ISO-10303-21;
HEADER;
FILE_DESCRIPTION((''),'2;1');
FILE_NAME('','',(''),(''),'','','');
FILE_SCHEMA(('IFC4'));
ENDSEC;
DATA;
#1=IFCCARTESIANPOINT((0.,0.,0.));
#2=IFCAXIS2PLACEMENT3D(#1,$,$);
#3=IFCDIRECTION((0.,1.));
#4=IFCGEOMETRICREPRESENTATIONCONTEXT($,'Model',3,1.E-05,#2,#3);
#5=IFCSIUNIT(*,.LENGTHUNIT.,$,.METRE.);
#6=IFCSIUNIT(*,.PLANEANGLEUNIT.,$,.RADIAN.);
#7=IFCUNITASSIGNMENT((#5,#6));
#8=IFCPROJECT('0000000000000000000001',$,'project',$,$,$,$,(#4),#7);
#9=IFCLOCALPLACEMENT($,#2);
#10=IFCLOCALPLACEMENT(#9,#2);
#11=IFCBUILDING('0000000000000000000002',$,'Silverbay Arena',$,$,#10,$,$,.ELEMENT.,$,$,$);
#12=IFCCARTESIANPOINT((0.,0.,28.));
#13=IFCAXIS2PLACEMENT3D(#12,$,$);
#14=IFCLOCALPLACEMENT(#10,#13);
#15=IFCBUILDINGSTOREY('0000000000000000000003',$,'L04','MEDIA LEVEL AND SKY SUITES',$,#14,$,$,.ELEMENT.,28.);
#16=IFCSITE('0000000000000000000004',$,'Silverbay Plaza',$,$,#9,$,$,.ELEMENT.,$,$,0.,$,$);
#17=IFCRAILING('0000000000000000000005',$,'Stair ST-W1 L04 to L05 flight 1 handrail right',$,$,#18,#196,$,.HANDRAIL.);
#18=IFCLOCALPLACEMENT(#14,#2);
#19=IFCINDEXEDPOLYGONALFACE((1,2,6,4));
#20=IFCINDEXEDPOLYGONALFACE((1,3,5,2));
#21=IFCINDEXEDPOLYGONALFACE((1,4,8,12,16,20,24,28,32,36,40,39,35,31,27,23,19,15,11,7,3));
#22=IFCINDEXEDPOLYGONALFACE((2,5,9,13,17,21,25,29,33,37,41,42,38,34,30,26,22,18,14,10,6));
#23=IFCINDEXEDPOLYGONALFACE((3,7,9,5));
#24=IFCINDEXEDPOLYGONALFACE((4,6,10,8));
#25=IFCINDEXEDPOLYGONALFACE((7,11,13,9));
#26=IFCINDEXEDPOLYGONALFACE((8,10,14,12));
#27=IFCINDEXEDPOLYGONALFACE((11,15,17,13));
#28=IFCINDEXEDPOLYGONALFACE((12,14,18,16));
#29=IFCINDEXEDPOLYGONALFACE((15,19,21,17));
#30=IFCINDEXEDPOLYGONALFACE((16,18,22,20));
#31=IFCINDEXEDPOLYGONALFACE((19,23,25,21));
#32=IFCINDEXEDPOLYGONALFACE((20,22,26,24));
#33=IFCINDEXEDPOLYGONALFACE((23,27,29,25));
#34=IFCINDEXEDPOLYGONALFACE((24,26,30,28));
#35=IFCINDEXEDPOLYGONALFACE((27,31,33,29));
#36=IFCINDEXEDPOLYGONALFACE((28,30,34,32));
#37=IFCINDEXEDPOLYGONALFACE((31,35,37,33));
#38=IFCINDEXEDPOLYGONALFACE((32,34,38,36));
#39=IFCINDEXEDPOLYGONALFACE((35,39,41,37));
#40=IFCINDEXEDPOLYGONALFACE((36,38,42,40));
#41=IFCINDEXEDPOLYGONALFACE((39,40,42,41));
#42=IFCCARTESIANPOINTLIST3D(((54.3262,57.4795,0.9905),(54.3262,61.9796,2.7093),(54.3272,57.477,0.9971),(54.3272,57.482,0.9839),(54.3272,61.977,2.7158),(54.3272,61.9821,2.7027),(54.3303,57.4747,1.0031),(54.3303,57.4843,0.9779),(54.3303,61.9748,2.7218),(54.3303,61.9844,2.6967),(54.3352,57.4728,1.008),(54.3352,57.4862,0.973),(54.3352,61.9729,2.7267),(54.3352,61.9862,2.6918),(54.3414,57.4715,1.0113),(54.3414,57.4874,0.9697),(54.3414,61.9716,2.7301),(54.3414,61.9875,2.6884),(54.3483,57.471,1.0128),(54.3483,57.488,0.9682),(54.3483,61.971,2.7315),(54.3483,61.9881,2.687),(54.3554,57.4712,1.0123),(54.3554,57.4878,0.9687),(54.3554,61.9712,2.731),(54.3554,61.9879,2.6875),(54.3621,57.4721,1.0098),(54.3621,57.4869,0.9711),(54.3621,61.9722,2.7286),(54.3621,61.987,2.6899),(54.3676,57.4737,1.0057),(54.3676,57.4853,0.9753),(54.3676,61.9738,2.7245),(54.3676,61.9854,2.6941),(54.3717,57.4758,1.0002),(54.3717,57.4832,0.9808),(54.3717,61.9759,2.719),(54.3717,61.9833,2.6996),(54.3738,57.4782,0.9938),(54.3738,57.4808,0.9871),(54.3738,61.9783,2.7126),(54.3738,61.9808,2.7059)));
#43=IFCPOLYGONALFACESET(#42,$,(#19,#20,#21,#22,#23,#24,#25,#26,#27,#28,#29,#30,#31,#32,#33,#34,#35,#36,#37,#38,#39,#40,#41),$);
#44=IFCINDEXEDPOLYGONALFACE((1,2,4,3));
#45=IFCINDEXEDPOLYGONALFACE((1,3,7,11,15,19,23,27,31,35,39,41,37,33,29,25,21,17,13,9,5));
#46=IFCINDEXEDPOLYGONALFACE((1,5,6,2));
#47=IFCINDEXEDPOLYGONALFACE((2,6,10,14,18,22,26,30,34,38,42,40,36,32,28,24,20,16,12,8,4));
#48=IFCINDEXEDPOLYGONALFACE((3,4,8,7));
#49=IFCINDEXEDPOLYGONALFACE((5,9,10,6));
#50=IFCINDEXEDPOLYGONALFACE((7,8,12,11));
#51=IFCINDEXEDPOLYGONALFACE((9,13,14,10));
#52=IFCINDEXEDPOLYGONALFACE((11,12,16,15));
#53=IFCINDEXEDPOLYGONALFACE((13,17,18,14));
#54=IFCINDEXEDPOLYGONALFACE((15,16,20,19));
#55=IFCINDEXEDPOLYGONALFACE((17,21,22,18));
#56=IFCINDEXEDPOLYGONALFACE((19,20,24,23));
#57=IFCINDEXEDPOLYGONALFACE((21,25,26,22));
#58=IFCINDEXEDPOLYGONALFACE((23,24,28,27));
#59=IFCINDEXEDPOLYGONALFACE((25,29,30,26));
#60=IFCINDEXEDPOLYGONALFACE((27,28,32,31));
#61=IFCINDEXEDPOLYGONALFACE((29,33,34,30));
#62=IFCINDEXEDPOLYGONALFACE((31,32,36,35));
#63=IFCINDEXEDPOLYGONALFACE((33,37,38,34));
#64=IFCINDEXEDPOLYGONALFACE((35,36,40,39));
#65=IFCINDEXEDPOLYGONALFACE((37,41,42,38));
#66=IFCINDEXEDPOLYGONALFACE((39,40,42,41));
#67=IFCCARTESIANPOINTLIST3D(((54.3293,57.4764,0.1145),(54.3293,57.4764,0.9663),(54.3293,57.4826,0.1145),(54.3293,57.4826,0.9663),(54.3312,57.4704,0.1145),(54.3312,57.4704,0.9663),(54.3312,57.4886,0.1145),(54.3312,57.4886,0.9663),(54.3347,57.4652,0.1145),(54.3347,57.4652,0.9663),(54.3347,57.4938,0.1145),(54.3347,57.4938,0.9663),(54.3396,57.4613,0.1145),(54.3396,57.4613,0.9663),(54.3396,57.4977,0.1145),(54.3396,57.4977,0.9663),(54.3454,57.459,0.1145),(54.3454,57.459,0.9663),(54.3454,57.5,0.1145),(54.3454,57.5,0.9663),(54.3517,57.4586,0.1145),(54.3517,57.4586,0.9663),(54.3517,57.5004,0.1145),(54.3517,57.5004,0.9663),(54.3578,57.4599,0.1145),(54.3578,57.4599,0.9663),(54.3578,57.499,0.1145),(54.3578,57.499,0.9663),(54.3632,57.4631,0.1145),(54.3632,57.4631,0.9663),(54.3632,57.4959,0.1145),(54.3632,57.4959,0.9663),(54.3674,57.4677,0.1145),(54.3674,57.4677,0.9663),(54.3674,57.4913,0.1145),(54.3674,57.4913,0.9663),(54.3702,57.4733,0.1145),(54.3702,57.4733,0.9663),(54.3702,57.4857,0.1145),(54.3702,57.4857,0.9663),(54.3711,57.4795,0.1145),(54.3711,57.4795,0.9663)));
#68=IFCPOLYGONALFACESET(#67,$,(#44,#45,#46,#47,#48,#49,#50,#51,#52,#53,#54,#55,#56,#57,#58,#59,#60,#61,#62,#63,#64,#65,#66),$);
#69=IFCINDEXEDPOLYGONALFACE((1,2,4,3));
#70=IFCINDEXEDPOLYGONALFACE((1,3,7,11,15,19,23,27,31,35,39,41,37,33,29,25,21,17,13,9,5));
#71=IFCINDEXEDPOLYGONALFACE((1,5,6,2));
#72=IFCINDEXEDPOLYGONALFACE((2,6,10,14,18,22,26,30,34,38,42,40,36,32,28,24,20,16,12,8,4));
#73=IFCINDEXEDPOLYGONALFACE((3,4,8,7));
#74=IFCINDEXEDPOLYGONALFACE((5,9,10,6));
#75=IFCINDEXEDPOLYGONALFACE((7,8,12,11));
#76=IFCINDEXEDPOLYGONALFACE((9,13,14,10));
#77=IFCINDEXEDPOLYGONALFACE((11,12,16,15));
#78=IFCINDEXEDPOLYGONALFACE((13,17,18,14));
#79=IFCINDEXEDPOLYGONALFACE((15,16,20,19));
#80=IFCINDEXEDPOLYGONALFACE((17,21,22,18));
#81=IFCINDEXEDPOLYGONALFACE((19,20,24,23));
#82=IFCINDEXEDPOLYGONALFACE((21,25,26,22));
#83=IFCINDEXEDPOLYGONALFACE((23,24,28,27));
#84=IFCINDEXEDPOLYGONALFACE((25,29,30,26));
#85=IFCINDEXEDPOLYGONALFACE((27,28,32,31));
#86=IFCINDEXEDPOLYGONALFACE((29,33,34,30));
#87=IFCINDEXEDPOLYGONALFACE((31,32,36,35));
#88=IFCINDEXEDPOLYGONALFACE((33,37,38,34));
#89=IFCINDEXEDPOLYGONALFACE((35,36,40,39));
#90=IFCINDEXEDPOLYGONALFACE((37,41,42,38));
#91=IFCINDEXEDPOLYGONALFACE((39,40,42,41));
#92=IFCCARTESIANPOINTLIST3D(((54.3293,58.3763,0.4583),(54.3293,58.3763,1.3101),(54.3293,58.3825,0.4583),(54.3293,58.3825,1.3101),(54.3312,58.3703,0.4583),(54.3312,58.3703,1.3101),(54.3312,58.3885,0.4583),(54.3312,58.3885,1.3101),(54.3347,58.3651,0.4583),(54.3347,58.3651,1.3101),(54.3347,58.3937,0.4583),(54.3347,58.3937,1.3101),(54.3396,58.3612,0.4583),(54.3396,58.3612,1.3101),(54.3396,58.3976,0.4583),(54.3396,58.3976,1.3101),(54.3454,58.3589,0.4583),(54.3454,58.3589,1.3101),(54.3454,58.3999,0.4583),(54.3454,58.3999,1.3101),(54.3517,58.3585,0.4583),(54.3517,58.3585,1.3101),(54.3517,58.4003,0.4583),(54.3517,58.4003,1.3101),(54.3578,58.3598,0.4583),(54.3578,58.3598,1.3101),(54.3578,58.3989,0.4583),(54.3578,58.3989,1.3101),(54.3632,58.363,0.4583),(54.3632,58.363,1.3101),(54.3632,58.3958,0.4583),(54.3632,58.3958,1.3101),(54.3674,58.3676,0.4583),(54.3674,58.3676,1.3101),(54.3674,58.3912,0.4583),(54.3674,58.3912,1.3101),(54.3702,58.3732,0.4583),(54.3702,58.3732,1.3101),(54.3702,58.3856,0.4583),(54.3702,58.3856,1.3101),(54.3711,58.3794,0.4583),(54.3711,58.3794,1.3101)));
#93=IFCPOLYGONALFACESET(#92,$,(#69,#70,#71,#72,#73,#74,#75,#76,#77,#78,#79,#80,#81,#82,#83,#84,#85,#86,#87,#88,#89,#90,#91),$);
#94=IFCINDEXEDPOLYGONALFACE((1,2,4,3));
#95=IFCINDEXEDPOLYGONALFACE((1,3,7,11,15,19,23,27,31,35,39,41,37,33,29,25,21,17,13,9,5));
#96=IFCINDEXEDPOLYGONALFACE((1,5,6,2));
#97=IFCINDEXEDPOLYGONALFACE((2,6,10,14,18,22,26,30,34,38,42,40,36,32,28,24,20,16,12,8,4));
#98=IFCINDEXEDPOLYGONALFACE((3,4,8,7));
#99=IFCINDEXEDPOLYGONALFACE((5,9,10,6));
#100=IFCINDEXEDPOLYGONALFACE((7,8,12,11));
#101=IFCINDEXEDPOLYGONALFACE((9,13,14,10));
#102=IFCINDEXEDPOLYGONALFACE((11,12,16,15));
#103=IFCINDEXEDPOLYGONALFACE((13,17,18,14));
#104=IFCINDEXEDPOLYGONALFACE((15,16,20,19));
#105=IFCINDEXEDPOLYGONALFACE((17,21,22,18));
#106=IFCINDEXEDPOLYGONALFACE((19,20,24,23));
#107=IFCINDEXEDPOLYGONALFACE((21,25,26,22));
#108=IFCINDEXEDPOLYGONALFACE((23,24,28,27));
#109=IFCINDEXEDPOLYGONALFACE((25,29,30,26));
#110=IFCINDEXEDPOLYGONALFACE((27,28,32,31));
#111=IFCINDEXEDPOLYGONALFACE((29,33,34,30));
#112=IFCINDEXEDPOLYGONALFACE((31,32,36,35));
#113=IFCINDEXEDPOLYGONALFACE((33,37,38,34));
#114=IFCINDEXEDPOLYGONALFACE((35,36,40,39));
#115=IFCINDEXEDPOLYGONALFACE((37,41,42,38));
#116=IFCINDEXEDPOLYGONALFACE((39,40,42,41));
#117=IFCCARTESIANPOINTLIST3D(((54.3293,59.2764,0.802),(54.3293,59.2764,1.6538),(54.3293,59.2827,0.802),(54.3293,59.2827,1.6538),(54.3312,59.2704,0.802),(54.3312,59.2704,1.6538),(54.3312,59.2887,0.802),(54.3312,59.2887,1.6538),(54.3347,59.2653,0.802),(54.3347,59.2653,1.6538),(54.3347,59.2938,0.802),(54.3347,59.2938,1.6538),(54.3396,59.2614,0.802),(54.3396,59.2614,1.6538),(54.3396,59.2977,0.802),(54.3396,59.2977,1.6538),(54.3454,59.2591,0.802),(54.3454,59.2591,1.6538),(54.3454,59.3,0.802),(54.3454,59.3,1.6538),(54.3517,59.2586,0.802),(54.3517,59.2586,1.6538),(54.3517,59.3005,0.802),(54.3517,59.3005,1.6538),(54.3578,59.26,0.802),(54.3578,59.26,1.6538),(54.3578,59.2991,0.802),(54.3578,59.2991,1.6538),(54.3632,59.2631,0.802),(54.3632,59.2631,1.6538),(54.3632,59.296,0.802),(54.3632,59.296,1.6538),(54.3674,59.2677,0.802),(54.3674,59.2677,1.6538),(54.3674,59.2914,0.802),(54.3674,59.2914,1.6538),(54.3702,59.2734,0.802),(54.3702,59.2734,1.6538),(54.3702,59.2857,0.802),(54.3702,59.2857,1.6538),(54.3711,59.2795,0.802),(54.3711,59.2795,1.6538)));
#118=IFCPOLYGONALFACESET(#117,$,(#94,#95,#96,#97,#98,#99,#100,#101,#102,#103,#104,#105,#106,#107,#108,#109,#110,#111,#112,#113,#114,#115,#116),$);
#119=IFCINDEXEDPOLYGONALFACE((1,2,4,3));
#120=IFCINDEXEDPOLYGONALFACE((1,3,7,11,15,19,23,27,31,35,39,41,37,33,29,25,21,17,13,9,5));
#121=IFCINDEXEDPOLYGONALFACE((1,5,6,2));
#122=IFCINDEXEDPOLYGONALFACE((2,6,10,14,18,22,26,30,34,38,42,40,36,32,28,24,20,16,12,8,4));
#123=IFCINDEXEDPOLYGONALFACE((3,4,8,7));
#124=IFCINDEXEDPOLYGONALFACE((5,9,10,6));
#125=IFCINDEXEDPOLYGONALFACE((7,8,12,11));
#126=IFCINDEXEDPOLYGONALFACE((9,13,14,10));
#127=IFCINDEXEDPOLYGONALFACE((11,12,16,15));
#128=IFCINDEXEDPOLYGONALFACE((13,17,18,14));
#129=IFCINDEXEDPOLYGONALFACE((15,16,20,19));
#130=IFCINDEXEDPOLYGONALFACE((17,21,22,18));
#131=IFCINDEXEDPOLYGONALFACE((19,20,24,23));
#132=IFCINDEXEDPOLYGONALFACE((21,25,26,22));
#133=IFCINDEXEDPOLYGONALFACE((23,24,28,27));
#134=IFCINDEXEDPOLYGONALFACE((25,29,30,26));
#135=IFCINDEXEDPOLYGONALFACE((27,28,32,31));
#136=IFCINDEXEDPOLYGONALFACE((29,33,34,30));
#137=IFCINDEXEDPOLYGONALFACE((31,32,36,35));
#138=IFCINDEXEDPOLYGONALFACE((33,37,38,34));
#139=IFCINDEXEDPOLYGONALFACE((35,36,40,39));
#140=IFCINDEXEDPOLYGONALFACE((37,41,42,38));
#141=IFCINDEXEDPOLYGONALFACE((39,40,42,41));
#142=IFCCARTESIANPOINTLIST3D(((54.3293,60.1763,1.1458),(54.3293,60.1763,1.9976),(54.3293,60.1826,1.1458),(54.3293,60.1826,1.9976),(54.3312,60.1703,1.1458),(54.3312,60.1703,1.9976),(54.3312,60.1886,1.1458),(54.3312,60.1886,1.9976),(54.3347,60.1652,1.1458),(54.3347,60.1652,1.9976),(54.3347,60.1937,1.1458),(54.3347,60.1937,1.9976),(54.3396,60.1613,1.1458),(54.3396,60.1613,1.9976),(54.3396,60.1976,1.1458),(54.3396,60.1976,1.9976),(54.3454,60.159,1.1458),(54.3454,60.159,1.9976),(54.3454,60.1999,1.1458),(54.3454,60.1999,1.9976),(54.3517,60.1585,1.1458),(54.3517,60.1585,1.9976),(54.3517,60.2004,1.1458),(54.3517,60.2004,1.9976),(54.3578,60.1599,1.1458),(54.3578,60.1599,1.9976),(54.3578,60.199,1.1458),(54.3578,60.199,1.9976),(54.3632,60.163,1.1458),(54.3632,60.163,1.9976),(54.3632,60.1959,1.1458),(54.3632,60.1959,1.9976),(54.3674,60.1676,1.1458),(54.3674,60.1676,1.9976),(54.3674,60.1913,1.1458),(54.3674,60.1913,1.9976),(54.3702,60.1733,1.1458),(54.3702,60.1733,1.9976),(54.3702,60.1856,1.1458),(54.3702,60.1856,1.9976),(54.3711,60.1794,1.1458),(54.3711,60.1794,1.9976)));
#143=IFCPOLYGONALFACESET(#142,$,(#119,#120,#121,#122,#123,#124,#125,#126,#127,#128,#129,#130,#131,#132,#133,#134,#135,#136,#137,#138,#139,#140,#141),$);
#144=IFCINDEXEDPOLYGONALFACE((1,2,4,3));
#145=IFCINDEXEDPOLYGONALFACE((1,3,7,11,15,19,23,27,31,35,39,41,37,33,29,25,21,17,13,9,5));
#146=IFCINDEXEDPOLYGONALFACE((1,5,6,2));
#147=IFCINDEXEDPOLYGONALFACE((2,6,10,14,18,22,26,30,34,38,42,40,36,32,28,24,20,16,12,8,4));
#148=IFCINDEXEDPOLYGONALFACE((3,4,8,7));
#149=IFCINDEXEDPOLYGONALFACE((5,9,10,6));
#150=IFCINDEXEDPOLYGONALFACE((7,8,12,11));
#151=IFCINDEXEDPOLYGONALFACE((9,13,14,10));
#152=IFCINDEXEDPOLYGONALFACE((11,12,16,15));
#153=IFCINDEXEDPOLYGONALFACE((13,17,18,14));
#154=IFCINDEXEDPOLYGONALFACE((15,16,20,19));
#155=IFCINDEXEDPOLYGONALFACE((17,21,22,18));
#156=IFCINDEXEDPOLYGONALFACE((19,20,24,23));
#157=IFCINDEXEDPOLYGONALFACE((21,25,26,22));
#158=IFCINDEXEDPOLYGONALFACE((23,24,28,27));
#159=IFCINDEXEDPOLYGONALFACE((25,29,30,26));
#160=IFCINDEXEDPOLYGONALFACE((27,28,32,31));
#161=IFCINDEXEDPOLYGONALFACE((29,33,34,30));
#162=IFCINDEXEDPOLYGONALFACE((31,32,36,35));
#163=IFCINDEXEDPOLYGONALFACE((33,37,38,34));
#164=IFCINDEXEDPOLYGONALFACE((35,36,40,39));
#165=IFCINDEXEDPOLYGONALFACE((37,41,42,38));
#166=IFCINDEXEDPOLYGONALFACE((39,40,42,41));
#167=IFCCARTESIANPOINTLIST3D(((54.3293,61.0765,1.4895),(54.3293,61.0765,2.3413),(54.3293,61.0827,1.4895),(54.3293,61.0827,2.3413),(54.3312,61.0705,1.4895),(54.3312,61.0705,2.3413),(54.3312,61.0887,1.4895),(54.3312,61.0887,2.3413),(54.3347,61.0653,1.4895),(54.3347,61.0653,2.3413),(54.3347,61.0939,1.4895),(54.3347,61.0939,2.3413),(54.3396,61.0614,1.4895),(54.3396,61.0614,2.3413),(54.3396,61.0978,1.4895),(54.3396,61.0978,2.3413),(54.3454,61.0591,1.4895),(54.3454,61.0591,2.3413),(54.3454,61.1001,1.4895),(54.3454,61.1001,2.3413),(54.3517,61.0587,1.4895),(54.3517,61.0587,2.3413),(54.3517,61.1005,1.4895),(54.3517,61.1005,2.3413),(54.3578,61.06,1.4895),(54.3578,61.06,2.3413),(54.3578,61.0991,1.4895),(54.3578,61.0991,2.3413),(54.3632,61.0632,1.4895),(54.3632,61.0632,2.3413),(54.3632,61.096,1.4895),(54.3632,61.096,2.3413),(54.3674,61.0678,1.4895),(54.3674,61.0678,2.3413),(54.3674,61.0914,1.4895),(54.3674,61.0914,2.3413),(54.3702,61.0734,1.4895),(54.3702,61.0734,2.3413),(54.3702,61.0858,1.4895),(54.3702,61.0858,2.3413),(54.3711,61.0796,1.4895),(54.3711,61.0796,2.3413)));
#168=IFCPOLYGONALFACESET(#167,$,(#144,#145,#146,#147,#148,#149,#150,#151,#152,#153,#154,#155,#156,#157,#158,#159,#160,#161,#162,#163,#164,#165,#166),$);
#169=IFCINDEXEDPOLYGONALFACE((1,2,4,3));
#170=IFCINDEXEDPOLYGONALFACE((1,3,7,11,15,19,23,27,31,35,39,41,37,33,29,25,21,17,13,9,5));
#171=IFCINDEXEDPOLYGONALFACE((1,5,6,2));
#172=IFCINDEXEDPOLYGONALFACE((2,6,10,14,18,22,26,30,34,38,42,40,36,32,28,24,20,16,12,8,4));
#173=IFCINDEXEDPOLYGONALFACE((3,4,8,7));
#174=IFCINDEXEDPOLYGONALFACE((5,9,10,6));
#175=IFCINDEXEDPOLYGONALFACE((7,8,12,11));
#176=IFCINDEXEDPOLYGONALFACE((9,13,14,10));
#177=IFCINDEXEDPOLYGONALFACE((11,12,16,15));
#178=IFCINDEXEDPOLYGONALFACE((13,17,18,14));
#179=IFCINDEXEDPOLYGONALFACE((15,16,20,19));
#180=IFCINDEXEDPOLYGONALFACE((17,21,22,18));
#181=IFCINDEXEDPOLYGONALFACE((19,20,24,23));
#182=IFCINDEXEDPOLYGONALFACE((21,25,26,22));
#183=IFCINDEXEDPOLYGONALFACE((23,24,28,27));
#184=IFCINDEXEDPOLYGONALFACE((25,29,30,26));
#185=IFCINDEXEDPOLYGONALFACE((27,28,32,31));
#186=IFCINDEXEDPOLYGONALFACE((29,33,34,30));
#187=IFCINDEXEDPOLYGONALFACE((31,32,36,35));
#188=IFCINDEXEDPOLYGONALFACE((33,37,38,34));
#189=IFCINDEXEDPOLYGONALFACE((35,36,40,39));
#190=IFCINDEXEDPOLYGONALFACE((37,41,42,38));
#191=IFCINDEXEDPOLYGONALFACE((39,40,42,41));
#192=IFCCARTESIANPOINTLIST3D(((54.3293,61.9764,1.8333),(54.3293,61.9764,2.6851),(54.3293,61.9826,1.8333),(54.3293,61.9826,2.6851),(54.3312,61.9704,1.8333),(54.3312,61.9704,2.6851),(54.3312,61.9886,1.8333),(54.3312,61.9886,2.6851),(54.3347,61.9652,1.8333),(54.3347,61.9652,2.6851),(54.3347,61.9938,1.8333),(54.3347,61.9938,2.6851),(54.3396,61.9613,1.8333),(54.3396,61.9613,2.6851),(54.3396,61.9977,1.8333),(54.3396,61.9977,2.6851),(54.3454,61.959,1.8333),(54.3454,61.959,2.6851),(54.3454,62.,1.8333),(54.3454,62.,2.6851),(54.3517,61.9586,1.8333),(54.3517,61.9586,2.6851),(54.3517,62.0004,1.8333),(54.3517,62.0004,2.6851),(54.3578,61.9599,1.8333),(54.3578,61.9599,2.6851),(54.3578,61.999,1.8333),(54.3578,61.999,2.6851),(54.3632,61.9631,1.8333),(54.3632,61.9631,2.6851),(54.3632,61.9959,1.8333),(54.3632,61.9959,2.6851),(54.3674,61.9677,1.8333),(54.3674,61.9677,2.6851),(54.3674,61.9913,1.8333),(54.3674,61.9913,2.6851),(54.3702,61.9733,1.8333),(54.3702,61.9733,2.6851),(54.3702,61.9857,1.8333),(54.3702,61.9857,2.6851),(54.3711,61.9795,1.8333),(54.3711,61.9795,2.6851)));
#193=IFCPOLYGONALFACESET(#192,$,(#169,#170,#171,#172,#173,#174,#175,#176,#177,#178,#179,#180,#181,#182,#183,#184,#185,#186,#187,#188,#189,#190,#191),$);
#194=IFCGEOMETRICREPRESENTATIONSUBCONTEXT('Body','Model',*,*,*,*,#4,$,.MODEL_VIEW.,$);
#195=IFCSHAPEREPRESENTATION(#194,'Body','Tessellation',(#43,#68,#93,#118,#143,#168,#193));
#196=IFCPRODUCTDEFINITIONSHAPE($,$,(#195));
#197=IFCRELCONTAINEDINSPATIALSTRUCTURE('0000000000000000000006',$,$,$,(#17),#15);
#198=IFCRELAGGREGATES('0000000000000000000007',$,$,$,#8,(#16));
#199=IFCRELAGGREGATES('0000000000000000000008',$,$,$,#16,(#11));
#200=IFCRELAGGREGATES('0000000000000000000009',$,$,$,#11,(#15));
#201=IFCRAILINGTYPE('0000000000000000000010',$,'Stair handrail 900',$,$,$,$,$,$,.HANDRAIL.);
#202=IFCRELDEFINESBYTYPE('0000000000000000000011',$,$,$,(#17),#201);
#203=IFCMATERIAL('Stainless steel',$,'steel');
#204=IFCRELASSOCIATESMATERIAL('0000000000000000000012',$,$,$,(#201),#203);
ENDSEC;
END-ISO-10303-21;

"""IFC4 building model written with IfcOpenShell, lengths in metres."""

from ifc_helpers import new_model, si_unit, direction, frame, origin, origin_2d, place, context, subcontext, project, spatial, circle, extrude, material, type_object, element, save


model = new_model("IFC4")

# Units and contexts
model_context = context("Model", 3, precision=1e-05, world=origin(), true_north=direction((0.0, 1.0)))
body_context = subcontext(model_context, "Body", "Model", "MODEL_VIEW")
ifc_project = project(units=[si_unit("LENGTHUNIT", "METRE"), si_unit("PLANEANGLEUNIT", "RADIAN")], contexts=[model_context])

# Site, building, storey
site_placement = place(None, origin())
site = spatial("IfcSite", under=ifc_project, at=site_placement, Name="Silverbay Plaza", CompositionType="ELEMENT", RefElevation=0.0)
building_placement = place(site_placement, origin())
building = spatial("IfcBuilding", under=site, at=building_placement, Name="Silverbay Arena", CompositionType="ELEMENT")
storey_placement = place(building_placement, frame((0.0, 0.0, 28.0)))
storey = spatial("IfcBuildingStorey", under=building, at=storey_placement, Name="L04", Description="MEDIA LEVEL AND SKY SUITES", CompositionType="ELEMENT", Elevation=28.0)

# Railing
ifc_material_1 = material(Name="Stainless steel", Category="steel")
railing_type_1 = type_object("IfcRailingType", Name="Stair handrail 900", PredefinedType="HANDRAIL", material=ifc_material_1)
for number, where, name in (
    (1, (54.3501, 57.4795, 0.1145), "Stair ST-W1 L04 to L05 flight 1 handrail right"),
):
    element("IfcRailing", number, at=place(storey_placement, frame(where)), inside=storey, type_object=railing_type_1, Name=name, PredefinedType="HANDRAIL", context=body_context, shape_type="SweptSolid", body=[
        extrude(circle(Radius=0.0239, at=origin_2d()), frame((0.0, 0.0, 0.876), z_axis=(0.0, 0.934179, 0.356805), x_axis=(-1.0, 0.0, 0.0)), (0.0, 0.0, 1.0), 4.8171),
        extrude(circle(Radius=0.021, at=origin_2d()), origin(), (0.0, 0.0, 1.0), 0.8518),
        extrude(circle(Radius=0.021, at=origin_2d()), frame((0.0, 0.8999, 0.3438)), (0.0, 0.0, 1.0), 0.8518),
        extrude(circle(Radius=0.021, at=origin_2d()), frame((0.0, 1.8, 0.6875)), (0.0, 0.0, 1.0), 0.8518),
        extrude(circle(Radius=0.021, at=origin_2d()), frame((0.0, 2.7, 1.0312)), (0.0, 0.0, 1.0), 0.8518),
        extrude(circle(Radius=0.021, at=origin_2d()), frame((0.0, 3.6001, 1.375)), (0.0, 0.0, 1.0), 0.8518),
        extrude(circle(Radius=0.021, at=origin_2d()), frame((0.0, 4.5, 1.7188)), (0.0, 0.0, 1.0), 0.8518),
    ])

save(model, "model.ifc")
